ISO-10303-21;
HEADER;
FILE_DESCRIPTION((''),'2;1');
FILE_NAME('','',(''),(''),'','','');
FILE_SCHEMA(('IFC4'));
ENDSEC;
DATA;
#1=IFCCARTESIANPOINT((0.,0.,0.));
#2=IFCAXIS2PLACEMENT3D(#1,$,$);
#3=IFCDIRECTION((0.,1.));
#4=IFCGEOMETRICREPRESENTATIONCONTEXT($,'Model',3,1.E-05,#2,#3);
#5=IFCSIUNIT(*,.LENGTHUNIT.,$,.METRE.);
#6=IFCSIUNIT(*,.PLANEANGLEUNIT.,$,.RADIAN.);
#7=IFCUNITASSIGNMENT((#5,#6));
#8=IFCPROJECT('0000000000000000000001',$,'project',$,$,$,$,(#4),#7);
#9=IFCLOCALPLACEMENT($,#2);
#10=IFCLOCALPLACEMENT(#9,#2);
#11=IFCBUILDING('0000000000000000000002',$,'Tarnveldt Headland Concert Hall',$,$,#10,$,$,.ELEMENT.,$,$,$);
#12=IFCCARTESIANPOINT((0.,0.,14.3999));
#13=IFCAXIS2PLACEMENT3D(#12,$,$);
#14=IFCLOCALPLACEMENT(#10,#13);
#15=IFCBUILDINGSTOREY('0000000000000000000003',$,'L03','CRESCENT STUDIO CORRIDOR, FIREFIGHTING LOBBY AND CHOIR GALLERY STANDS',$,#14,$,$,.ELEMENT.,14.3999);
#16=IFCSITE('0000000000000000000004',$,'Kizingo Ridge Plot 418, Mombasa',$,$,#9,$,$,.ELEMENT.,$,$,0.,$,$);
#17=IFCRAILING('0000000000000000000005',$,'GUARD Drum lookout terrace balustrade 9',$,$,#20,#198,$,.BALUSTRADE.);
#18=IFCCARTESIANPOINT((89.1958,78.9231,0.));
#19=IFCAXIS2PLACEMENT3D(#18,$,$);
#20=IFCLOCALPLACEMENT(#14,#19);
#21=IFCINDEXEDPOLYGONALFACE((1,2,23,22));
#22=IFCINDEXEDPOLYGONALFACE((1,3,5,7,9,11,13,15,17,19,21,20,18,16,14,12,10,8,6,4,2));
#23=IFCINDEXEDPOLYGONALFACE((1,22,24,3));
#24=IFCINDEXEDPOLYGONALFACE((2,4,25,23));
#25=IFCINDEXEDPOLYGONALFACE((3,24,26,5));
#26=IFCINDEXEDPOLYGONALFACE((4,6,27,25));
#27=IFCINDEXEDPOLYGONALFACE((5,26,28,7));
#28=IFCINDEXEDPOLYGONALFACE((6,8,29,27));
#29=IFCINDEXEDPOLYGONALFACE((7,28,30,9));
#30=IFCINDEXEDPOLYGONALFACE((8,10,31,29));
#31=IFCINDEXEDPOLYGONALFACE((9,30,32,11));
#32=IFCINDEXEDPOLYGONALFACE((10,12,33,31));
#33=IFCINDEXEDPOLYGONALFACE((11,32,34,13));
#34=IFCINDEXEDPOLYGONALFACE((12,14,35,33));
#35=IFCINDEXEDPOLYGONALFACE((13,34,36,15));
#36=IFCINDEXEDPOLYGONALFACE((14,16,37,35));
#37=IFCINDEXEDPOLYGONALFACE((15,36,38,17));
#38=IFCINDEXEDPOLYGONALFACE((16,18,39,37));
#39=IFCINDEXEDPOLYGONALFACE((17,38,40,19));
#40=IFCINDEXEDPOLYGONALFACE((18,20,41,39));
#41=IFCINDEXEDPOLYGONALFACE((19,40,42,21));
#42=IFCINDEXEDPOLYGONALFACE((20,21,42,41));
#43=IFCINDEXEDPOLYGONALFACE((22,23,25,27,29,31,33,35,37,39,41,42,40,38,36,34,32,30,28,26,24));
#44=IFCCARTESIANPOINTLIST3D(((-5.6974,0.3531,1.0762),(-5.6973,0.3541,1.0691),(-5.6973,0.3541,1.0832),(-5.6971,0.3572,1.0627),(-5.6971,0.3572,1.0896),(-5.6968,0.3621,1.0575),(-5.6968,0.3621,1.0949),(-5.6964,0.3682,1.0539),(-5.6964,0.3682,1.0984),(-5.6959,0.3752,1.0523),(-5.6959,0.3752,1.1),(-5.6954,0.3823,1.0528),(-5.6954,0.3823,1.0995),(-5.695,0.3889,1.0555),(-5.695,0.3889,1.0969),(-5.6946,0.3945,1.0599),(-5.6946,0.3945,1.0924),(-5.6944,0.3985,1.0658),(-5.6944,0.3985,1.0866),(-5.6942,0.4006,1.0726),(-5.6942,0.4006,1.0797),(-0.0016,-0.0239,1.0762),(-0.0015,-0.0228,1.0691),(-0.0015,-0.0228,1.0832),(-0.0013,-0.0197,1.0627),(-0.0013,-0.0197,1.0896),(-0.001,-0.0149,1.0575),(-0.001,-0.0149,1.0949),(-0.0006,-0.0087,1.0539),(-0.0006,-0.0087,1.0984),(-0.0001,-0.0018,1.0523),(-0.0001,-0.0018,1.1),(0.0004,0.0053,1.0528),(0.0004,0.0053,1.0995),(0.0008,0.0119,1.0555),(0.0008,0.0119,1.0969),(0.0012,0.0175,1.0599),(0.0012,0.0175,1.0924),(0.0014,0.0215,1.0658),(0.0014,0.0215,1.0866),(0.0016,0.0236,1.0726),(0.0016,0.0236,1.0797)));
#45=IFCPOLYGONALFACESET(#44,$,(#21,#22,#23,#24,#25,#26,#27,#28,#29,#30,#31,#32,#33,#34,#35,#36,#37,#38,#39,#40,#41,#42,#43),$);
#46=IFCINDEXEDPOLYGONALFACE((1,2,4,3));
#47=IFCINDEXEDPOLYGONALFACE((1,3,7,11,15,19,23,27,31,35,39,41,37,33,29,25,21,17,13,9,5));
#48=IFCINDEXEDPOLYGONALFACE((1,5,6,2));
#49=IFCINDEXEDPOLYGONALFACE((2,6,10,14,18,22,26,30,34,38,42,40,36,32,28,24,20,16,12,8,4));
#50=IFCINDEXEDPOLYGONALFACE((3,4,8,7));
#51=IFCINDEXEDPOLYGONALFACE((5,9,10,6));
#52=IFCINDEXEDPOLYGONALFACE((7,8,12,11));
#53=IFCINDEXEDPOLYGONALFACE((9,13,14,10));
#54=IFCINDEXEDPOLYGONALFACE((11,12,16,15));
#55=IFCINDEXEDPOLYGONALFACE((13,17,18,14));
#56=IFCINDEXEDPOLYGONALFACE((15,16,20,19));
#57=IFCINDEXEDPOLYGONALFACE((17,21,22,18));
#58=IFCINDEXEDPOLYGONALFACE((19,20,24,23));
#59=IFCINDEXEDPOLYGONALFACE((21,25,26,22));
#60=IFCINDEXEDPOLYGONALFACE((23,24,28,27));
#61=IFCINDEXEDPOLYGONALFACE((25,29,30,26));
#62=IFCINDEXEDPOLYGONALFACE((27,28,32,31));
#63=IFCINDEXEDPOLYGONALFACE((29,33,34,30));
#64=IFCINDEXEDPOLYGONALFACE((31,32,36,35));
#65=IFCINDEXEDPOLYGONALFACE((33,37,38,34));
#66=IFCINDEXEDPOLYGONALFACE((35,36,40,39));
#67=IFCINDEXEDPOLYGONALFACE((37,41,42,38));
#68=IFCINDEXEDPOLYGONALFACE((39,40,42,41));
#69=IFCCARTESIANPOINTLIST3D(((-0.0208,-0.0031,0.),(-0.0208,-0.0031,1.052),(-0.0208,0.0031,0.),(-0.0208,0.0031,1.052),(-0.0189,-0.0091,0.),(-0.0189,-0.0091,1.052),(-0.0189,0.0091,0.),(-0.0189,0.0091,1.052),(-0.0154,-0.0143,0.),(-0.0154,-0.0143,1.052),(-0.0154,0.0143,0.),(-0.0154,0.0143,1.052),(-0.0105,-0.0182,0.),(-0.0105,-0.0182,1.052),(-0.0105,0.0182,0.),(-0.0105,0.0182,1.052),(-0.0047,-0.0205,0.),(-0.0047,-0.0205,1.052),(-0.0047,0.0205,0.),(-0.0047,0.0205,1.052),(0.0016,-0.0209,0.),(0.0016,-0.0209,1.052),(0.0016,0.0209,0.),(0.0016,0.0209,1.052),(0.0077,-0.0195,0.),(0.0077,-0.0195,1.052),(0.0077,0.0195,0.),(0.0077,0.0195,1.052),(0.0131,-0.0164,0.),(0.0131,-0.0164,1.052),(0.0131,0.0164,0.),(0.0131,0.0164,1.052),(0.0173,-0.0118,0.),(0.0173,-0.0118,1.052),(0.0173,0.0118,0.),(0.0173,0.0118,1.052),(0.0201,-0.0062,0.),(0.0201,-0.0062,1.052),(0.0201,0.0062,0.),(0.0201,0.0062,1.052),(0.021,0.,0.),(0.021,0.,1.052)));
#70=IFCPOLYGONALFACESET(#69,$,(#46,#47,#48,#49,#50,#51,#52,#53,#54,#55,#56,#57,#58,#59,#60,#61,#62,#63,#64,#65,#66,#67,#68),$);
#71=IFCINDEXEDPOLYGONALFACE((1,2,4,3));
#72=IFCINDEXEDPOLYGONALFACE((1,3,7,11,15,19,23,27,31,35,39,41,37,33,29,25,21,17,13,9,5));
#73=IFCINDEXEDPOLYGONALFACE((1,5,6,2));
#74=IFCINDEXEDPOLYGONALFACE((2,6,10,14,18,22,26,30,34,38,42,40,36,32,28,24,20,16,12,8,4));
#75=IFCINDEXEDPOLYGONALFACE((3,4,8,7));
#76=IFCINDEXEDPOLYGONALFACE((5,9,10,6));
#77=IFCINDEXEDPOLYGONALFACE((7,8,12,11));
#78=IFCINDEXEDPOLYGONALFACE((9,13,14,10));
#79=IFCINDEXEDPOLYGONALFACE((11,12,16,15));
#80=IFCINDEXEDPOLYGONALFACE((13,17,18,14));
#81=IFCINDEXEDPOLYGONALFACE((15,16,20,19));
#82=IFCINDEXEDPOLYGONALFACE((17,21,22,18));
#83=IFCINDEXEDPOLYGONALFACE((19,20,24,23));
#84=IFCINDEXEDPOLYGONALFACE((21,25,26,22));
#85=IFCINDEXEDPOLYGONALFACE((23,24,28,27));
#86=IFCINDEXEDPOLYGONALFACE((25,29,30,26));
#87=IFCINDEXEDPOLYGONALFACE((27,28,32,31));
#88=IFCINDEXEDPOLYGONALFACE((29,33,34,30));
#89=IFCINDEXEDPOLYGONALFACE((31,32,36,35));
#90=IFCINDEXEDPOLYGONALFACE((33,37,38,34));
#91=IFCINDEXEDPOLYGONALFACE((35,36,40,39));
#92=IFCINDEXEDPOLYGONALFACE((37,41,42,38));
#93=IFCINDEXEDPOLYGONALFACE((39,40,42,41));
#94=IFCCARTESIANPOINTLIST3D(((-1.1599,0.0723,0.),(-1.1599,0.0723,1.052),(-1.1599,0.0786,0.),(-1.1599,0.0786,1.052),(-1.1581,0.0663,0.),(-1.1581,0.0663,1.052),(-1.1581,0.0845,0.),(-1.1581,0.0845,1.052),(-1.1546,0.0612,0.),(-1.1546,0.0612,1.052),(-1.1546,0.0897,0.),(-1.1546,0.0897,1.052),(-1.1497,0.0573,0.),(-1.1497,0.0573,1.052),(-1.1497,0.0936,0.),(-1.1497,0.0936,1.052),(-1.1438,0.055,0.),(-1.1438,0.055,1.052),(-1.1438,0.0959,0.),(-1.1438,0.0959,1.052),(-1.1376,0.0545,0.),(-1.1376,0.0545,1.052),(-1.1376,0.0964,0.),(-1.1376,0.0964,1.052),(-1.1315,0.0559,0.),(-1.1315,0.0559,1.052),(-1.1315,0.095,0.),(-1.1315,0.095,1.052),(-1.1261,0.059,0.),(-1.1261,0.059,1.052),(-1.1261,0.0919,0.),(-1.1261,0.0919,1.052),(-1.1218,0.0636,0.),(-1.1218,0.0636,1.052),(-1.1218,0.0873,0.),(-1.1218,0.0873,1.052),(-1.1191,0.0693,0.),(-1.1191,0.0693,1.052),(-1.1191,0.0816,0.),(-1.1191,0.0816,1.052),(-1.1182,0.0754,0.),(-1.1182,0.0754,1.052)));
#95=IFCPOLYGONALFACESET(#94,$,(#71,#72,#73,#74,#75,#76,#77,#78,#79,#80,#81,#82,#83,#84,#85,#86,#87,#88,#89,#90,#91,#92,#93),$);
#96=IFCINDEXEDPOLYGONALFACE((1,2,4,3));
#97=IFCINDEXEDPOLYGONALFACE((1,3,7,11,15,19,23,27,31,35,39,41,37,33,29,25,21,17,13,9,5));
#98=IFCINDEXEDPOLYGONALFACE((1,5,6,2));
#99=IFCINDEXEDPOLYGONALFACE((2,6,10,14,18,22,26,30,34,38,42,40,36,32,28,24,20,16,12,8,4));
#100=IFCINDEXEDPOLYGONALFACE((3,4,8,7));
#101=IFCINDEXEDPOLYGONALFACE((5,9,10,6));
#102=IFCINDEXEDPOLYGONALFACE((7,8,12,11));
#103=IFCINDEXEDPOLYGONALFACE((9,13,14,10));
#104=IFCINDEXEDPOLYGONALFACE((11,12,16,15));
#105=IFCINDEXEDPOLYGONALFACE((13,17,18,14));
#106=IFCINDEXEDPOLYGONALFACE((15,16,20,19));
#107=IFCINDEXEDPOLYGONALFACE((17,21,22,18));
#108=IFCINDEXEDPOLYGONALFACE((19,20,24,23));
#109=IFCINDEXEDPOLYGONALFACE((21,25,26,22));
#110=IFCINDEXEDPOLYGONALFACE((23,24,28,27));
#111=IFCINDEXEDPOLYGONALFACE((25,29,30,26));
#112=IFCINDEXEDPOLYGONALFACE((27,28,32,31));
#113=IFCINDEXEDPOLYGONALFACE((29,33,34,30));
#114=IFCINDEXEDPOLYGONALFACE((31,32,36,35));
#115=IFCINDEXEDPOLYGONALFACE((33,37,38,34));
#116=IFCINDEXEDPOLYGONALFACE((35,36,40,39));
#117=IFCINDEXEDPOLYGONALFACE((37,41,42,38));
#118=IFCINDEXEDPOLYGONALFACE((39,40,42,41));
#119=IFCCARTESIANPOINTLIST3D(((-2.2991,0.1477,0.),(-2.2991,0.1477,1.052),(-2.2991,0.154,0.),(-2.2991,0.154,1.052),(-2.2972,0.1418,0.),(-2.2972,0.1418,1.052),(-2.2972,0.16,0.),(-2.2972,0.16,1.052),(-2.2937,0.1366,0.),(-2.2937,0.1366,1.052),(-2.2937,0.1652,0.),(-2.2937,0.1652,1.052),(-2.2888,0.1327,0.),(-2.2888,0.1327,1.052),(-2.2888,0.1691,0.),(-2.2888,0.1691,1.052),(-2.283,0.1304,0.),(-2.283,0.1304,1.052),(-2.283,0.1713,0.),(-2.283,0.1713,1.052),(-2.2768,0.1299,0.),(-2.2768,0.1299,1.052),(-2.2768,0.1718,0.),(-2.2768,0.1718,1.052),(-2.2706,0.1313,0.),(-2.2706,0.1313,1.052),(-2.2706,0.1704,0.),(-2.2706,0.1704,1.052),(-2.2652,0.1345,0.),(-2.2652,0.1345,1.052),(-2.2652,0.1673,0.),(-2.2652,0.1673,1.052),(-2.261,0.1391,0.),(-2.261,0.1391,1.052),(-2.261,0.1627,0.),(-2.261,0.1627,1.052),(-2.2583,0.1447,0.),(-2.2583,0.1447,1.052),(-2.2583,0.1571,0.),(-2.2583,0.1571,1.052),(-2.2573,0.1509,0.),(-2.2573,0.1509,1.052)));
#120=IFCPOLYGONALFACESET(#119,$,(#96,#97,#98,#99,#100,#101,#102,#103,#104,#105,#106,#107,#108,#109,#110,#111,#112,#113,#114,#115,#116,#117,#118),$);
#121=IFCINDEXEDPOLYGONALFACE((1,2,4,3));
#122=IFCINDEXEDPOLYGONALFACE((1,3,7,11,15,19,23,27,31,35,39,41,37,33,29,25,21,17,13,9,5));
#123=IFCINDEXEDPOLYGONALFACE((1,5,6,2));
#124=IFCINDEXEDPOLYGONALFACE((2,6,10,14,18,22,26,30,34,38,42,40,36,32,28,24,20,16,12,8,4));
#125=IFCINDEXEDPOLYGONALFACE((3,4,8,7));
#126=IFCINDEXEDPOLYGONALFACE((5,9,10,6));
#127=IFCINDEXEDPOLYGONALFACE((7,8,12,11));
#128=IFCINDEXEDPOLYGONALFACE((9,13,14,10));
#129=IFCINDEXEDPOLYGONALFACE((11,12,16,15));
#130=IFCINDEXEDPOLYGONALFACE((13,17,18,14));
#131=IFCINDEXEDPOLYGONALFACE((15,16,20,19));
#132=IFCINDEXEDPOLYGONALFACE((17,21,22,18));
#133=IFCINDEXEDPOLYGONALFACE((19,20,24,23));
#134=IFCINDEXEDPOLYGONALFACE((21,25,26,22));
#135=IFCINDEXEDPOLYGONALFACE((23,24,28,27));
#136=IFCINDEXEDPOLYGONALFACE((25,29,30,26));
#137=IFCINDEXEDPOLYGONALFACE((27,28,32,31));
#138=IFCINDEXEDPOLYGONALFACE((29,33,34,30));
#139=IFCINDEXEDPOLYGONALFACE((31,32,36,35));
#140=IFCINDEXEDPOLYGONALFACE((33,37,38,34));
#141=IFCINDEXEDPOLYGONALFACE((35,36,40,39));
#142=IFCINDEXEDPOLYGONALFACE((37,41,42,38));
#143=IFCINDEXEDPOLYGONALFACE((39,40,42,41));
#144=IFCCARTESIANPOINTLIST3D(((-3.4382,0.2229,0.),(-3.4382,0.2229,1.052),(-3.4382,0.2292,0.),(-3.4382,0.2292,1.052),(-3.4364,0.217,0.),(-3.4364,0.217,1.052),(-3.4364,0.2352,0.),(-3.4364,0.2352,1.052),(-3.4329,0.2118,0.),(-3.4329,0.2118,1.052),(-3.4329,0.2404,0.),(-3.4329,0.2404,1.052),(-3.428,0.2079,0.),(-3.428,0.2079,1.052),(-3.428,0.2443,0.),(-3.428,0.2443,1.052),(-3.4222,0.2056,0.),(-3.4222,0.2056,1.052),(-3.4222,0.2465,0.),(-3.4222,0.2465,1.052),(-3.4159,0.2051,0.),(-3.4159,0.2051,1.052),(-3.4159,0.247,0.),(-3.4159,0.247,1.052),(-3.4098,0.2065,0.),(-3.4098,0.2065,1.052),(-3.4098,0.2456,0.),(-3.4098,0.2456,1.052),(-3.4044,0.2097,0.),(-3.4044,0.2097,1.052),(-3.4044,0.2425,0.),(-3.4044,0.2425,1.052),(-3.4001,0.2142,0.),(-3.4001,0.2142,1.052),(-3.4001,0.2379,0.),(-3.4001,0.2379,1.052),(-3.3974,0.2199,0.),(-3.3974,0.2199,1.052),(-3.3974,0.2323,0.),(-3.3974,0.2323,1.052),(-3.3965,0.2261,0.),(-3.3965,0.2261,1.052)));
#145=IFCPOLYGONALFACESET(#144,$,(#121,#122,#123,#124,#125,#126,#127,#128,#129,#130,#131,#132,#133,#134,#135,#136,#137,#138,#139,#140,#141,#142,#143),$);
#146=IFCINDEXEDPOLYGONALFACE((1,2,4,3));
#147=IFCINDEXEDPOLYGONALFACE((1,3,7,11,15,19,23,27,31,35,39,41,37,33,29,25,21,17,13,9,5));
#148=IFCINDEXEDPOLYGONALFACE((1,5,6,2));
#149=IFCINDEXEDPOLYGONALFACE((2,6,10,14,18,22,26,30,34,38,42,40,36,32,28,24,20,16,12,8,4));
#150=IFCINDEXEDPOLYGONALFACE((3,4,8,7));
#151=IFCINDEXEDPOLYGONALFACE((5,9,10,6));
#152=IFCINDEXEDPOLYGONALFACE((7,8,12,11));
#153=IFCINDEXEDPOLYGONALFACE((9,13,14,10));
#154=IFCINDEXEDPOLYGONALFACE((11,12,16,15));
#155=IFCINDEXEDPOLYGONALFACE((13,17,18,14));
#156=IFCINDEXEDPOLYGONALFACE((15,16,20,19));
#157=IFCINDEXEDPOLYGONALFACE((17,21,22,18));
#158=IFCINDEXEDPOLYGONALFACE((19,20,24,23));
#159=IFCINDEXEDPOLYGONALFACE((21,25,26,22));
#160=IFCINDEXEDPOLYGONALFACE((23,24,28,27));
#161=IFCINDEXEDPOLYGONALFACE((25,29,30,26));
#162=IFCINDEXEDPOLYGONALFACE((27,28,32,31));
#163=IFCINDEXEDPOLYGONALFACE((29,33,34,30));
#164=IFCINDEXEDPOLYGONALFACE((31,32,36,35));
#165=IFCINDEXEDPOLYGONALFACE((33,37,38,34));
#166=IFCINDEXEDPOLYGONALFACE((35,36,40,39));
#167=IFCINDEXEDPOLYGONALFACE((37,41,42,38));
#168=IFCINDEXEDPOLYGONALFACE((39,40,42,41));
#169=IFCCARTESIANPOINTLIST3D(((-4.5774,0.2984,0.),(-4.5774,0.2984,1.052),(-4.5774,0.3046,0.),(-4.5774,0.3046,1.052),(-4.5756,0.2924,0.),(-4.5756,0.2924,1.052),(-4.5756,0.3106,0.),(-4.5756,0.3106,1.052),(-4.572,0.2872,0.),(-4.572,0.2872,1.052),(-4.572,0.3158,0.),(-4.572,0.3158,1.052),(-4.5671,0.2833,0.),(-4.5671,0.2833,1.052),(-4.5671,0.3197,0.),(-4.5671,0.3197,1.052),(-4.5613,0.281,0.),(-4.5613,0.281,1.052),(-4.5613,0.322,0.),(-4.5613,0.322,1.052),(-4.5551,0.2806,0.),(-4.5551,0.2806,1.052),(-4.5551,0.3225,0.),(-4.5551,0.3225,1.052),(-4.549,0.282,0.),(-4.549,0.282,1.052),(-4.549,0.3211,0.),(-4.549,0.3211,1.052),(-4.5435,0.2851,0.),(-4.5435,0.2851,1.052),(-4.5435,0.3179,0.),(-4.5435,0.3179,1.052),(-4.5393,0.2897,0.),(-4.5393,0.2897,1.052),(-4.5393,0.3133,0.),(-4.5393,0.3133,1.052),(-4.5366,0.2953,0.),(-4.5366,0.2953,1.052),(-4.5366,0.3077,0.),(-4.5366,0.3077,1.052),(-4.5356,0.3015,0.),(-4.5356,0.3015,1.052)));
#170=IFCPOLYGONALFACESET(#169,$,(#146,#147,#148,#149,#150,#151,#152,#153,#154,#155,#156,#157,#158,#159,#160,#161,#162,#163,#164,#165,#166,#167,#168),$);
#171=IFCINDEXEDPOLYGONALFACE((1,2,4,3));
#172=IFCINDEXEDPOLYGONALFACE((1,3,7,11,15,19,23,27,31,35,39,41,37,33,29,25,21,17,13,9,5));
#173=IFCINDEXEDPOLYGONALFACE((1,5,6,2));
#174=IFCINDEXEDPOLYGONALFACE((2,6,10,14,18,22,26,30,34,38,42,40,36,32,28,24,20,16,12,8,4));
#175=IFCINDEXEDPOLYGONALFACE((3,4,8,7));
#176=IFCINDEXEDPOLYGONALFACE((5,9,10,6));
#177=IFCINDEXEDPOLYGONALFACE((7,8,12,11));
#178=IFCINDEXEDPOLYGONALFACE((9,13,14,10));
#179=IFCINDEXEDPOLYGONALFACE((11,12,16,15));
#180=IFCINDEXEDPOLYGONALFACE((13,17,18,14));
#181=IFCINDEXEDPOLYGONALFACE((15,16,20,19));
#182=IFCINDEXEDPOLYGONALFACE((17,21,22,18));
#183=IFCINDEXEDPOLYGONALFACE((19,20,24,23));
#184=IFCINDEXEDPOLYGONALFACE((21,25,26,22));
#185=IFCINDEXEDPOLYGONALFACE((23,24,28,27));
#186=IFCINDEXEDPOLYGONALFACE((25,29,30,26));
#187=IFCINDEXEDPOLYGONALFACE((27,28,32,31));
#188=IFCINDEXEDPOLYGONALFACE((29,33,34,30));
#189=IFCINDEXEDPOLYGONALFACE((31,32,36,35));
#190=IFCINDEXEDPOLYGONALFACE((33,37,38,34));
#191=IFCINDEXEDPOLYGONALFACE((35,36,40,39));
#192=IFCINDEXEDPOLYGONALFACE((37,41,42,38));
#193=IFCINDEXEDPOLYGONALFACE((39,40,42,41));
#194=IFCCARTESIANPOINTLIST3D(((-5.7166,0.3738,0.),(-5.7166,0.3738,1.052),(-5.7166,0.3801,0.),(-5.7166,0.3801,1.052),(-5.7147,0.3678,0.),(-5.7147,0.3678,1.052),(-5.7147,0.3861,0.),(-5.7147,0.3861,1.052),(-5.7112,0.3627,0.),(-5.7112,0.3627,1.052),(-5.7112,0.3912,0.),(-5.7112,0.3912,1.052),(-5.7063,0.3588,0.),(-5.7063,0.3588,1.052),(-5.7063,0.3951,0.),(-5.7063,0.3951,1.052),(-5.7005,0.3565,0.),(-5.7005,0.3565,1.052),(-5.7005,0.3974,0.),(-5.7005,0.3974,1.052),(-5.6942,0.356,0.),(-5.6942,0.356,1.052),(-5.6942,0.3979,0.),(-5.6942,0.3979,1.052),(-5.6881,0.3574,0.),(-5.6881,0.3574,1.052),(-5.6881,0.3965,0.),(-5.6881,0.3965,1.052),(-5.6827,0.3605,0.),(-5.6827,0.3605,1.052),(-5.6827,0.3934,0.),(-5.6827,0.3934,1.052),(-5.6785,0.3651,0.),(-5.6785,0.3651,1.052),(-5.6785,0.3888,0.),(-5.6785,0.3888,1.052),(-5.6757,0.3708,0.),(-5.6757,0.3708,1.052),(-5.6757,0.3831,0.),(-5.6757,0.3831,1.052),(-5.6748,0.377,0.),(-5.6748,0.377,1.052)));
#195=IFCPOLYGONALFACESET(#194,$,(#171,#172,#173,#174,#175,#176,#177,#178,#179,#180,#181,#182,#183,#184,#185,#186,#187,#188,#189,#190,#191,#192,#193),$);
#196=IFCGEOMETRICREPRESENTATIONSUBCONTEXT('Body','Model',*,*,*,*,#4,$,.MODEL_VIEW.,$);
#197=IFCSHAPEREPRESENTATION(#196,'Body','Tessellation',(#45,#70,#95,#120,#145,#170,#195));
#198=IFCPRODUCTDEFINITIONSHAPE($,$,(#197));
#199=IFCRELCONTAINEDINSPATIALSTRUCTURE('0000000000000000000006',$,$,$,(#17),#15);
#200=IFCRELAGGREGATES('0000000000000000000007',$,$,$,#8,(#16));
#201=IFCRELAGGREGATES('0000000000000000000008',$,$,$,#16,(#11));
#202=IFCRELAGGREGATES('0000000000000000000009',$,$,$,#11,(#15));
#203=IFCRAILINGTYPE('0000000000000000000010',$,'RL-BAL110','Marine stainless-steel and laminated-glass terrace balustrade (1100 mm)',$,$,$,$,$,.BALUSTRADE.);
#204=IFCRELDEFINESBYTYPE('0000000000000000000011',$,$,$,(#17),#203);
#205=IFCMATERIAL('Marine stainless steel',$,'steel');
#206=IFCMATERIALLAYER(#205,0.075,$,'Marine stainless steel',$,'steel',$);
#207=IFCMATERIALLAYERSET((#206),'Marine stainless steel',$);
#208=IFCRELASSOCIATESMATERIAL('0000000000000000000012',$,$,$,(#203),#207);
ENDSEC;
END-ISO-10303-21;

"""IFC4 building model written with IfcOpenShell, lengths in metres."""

from ifc_helpers import new_model, si_unit, direction, frame, origin, origin_2d, place, context, subcontext, project, spatial, circle, extrude, material, layer, layer_set, type_object, element, save


model = new_model("IFC4")

# Units and contexts
model_context = context("Model", 3, precision=1e-05, world=origin(), true_north=direction((0.0, 1.0)))
body_context = subcontext(model_context, "Body", "Model", "MODEL_VIEW")
ifc_project = project(units=[si_unit("LENGTHUNIT", "METRE"), si_unit("PLANEANGLEUNIT", "RADIAN")], contexts=[model_context])

# Site, building, storey
site_placement = place(None, origin())
site = spatial("IfcSite", under=ifc_project, at=site_placement, Name="Kizingo Ridge Plot 418, Mombasa", CompositionType="ELEMENT", RefElevation=0.0)
building_placement = place(site_placement, origin())
building = spatial("IfcBuilding", under=site, at=building_placement, Name="Tarnveldt Headland Concert Hall", CompositionType="ELEMENT")
storey_placement = place(building_placement, frame((0.0, 0.0, 14.3999)))
storey = spatial("IfcBuildingStorey", under=building, at=storey_placement, Name="L03", Description="CRESCENT STUDIO CORRIDOR, FIREFIGHTING LOBBY AND CHOIR GALLERY STANDS", CompositionType="ELEMENT", Elevation=14.3999)

# Railing
ifc_material_1 = material(Name="Marine stainless steel", Category="steel")
ifc_layer_1 = layer(ifc_material_1, 0.075, Name="Marine stainless steel", Category="steel")
ifc_layer_set_1 = layer_set([ifc_layer_1], Name="Marine stainless steel")
railing_type = type_object("IfcRailingType", Name="RL-BAL110", Description="Marine stainless-steel and laminated-glass terrace balustrade (1100 mm)", PredefinedType="BALUSTRADE", material=ifc_layer_set_1)
railing_1_placement = place(storey_placement, frame((89.1958, 78.9231, 0.0)))
element("IfcRailing", 1, at=railing_1_placement, inside=storey, type_object=railing_type, Name="GUARD Drum lookout terrace balustrade 9", PredefinedType="BALUSTRADE", context=body_context, shape_type="SweptSolid", body=[
    extrude(circle(Radius=0.0239, at=origin_2d()), frame((0.0, 0.0, 1.0762), z_axis=(-0.997817, 0.066036, 0.0), x_axis=(-0.066036, -0.997817, 0.0)), (0.0, 0.0, 1.0), 5.7083),
    extrude(circle(Radius=0.021, at=origin_2d()), origin(), (0.0, 0.0, 1.0), 1.052),
    extrude(circle(Radius=0.021, at=origin_2d()), frame((-1.1392, 0.0754, 0.0)), (0.0, 0.0, 1.0), 1.052),
    extrude(circle(Radius=0.021, at=origin_2d()), frame((-2.2783, 0.1509, 0.0)), (0.0, 0.0, 1.0), 1.052),
    extrude(circle(Radius=0.021, at=origin_2d()), frame((-3.4175, 0.2261, 0.0)), (0.0, 0.0, 1.0), 1.052),
    extrude(circle(Radius=0.021, at=origin_2d()), frame((-4.5566, 0.3015, 0.0)), (0.0, 0.0, 1.0), 1.052),
    extrude(circle(Radius=0.021, at=origin_2d()), frame((-5.6958, 0.377, 0.0)), (0.0, 0.0, 1.0), 1.052),
])

save(model, "model.ifc")
